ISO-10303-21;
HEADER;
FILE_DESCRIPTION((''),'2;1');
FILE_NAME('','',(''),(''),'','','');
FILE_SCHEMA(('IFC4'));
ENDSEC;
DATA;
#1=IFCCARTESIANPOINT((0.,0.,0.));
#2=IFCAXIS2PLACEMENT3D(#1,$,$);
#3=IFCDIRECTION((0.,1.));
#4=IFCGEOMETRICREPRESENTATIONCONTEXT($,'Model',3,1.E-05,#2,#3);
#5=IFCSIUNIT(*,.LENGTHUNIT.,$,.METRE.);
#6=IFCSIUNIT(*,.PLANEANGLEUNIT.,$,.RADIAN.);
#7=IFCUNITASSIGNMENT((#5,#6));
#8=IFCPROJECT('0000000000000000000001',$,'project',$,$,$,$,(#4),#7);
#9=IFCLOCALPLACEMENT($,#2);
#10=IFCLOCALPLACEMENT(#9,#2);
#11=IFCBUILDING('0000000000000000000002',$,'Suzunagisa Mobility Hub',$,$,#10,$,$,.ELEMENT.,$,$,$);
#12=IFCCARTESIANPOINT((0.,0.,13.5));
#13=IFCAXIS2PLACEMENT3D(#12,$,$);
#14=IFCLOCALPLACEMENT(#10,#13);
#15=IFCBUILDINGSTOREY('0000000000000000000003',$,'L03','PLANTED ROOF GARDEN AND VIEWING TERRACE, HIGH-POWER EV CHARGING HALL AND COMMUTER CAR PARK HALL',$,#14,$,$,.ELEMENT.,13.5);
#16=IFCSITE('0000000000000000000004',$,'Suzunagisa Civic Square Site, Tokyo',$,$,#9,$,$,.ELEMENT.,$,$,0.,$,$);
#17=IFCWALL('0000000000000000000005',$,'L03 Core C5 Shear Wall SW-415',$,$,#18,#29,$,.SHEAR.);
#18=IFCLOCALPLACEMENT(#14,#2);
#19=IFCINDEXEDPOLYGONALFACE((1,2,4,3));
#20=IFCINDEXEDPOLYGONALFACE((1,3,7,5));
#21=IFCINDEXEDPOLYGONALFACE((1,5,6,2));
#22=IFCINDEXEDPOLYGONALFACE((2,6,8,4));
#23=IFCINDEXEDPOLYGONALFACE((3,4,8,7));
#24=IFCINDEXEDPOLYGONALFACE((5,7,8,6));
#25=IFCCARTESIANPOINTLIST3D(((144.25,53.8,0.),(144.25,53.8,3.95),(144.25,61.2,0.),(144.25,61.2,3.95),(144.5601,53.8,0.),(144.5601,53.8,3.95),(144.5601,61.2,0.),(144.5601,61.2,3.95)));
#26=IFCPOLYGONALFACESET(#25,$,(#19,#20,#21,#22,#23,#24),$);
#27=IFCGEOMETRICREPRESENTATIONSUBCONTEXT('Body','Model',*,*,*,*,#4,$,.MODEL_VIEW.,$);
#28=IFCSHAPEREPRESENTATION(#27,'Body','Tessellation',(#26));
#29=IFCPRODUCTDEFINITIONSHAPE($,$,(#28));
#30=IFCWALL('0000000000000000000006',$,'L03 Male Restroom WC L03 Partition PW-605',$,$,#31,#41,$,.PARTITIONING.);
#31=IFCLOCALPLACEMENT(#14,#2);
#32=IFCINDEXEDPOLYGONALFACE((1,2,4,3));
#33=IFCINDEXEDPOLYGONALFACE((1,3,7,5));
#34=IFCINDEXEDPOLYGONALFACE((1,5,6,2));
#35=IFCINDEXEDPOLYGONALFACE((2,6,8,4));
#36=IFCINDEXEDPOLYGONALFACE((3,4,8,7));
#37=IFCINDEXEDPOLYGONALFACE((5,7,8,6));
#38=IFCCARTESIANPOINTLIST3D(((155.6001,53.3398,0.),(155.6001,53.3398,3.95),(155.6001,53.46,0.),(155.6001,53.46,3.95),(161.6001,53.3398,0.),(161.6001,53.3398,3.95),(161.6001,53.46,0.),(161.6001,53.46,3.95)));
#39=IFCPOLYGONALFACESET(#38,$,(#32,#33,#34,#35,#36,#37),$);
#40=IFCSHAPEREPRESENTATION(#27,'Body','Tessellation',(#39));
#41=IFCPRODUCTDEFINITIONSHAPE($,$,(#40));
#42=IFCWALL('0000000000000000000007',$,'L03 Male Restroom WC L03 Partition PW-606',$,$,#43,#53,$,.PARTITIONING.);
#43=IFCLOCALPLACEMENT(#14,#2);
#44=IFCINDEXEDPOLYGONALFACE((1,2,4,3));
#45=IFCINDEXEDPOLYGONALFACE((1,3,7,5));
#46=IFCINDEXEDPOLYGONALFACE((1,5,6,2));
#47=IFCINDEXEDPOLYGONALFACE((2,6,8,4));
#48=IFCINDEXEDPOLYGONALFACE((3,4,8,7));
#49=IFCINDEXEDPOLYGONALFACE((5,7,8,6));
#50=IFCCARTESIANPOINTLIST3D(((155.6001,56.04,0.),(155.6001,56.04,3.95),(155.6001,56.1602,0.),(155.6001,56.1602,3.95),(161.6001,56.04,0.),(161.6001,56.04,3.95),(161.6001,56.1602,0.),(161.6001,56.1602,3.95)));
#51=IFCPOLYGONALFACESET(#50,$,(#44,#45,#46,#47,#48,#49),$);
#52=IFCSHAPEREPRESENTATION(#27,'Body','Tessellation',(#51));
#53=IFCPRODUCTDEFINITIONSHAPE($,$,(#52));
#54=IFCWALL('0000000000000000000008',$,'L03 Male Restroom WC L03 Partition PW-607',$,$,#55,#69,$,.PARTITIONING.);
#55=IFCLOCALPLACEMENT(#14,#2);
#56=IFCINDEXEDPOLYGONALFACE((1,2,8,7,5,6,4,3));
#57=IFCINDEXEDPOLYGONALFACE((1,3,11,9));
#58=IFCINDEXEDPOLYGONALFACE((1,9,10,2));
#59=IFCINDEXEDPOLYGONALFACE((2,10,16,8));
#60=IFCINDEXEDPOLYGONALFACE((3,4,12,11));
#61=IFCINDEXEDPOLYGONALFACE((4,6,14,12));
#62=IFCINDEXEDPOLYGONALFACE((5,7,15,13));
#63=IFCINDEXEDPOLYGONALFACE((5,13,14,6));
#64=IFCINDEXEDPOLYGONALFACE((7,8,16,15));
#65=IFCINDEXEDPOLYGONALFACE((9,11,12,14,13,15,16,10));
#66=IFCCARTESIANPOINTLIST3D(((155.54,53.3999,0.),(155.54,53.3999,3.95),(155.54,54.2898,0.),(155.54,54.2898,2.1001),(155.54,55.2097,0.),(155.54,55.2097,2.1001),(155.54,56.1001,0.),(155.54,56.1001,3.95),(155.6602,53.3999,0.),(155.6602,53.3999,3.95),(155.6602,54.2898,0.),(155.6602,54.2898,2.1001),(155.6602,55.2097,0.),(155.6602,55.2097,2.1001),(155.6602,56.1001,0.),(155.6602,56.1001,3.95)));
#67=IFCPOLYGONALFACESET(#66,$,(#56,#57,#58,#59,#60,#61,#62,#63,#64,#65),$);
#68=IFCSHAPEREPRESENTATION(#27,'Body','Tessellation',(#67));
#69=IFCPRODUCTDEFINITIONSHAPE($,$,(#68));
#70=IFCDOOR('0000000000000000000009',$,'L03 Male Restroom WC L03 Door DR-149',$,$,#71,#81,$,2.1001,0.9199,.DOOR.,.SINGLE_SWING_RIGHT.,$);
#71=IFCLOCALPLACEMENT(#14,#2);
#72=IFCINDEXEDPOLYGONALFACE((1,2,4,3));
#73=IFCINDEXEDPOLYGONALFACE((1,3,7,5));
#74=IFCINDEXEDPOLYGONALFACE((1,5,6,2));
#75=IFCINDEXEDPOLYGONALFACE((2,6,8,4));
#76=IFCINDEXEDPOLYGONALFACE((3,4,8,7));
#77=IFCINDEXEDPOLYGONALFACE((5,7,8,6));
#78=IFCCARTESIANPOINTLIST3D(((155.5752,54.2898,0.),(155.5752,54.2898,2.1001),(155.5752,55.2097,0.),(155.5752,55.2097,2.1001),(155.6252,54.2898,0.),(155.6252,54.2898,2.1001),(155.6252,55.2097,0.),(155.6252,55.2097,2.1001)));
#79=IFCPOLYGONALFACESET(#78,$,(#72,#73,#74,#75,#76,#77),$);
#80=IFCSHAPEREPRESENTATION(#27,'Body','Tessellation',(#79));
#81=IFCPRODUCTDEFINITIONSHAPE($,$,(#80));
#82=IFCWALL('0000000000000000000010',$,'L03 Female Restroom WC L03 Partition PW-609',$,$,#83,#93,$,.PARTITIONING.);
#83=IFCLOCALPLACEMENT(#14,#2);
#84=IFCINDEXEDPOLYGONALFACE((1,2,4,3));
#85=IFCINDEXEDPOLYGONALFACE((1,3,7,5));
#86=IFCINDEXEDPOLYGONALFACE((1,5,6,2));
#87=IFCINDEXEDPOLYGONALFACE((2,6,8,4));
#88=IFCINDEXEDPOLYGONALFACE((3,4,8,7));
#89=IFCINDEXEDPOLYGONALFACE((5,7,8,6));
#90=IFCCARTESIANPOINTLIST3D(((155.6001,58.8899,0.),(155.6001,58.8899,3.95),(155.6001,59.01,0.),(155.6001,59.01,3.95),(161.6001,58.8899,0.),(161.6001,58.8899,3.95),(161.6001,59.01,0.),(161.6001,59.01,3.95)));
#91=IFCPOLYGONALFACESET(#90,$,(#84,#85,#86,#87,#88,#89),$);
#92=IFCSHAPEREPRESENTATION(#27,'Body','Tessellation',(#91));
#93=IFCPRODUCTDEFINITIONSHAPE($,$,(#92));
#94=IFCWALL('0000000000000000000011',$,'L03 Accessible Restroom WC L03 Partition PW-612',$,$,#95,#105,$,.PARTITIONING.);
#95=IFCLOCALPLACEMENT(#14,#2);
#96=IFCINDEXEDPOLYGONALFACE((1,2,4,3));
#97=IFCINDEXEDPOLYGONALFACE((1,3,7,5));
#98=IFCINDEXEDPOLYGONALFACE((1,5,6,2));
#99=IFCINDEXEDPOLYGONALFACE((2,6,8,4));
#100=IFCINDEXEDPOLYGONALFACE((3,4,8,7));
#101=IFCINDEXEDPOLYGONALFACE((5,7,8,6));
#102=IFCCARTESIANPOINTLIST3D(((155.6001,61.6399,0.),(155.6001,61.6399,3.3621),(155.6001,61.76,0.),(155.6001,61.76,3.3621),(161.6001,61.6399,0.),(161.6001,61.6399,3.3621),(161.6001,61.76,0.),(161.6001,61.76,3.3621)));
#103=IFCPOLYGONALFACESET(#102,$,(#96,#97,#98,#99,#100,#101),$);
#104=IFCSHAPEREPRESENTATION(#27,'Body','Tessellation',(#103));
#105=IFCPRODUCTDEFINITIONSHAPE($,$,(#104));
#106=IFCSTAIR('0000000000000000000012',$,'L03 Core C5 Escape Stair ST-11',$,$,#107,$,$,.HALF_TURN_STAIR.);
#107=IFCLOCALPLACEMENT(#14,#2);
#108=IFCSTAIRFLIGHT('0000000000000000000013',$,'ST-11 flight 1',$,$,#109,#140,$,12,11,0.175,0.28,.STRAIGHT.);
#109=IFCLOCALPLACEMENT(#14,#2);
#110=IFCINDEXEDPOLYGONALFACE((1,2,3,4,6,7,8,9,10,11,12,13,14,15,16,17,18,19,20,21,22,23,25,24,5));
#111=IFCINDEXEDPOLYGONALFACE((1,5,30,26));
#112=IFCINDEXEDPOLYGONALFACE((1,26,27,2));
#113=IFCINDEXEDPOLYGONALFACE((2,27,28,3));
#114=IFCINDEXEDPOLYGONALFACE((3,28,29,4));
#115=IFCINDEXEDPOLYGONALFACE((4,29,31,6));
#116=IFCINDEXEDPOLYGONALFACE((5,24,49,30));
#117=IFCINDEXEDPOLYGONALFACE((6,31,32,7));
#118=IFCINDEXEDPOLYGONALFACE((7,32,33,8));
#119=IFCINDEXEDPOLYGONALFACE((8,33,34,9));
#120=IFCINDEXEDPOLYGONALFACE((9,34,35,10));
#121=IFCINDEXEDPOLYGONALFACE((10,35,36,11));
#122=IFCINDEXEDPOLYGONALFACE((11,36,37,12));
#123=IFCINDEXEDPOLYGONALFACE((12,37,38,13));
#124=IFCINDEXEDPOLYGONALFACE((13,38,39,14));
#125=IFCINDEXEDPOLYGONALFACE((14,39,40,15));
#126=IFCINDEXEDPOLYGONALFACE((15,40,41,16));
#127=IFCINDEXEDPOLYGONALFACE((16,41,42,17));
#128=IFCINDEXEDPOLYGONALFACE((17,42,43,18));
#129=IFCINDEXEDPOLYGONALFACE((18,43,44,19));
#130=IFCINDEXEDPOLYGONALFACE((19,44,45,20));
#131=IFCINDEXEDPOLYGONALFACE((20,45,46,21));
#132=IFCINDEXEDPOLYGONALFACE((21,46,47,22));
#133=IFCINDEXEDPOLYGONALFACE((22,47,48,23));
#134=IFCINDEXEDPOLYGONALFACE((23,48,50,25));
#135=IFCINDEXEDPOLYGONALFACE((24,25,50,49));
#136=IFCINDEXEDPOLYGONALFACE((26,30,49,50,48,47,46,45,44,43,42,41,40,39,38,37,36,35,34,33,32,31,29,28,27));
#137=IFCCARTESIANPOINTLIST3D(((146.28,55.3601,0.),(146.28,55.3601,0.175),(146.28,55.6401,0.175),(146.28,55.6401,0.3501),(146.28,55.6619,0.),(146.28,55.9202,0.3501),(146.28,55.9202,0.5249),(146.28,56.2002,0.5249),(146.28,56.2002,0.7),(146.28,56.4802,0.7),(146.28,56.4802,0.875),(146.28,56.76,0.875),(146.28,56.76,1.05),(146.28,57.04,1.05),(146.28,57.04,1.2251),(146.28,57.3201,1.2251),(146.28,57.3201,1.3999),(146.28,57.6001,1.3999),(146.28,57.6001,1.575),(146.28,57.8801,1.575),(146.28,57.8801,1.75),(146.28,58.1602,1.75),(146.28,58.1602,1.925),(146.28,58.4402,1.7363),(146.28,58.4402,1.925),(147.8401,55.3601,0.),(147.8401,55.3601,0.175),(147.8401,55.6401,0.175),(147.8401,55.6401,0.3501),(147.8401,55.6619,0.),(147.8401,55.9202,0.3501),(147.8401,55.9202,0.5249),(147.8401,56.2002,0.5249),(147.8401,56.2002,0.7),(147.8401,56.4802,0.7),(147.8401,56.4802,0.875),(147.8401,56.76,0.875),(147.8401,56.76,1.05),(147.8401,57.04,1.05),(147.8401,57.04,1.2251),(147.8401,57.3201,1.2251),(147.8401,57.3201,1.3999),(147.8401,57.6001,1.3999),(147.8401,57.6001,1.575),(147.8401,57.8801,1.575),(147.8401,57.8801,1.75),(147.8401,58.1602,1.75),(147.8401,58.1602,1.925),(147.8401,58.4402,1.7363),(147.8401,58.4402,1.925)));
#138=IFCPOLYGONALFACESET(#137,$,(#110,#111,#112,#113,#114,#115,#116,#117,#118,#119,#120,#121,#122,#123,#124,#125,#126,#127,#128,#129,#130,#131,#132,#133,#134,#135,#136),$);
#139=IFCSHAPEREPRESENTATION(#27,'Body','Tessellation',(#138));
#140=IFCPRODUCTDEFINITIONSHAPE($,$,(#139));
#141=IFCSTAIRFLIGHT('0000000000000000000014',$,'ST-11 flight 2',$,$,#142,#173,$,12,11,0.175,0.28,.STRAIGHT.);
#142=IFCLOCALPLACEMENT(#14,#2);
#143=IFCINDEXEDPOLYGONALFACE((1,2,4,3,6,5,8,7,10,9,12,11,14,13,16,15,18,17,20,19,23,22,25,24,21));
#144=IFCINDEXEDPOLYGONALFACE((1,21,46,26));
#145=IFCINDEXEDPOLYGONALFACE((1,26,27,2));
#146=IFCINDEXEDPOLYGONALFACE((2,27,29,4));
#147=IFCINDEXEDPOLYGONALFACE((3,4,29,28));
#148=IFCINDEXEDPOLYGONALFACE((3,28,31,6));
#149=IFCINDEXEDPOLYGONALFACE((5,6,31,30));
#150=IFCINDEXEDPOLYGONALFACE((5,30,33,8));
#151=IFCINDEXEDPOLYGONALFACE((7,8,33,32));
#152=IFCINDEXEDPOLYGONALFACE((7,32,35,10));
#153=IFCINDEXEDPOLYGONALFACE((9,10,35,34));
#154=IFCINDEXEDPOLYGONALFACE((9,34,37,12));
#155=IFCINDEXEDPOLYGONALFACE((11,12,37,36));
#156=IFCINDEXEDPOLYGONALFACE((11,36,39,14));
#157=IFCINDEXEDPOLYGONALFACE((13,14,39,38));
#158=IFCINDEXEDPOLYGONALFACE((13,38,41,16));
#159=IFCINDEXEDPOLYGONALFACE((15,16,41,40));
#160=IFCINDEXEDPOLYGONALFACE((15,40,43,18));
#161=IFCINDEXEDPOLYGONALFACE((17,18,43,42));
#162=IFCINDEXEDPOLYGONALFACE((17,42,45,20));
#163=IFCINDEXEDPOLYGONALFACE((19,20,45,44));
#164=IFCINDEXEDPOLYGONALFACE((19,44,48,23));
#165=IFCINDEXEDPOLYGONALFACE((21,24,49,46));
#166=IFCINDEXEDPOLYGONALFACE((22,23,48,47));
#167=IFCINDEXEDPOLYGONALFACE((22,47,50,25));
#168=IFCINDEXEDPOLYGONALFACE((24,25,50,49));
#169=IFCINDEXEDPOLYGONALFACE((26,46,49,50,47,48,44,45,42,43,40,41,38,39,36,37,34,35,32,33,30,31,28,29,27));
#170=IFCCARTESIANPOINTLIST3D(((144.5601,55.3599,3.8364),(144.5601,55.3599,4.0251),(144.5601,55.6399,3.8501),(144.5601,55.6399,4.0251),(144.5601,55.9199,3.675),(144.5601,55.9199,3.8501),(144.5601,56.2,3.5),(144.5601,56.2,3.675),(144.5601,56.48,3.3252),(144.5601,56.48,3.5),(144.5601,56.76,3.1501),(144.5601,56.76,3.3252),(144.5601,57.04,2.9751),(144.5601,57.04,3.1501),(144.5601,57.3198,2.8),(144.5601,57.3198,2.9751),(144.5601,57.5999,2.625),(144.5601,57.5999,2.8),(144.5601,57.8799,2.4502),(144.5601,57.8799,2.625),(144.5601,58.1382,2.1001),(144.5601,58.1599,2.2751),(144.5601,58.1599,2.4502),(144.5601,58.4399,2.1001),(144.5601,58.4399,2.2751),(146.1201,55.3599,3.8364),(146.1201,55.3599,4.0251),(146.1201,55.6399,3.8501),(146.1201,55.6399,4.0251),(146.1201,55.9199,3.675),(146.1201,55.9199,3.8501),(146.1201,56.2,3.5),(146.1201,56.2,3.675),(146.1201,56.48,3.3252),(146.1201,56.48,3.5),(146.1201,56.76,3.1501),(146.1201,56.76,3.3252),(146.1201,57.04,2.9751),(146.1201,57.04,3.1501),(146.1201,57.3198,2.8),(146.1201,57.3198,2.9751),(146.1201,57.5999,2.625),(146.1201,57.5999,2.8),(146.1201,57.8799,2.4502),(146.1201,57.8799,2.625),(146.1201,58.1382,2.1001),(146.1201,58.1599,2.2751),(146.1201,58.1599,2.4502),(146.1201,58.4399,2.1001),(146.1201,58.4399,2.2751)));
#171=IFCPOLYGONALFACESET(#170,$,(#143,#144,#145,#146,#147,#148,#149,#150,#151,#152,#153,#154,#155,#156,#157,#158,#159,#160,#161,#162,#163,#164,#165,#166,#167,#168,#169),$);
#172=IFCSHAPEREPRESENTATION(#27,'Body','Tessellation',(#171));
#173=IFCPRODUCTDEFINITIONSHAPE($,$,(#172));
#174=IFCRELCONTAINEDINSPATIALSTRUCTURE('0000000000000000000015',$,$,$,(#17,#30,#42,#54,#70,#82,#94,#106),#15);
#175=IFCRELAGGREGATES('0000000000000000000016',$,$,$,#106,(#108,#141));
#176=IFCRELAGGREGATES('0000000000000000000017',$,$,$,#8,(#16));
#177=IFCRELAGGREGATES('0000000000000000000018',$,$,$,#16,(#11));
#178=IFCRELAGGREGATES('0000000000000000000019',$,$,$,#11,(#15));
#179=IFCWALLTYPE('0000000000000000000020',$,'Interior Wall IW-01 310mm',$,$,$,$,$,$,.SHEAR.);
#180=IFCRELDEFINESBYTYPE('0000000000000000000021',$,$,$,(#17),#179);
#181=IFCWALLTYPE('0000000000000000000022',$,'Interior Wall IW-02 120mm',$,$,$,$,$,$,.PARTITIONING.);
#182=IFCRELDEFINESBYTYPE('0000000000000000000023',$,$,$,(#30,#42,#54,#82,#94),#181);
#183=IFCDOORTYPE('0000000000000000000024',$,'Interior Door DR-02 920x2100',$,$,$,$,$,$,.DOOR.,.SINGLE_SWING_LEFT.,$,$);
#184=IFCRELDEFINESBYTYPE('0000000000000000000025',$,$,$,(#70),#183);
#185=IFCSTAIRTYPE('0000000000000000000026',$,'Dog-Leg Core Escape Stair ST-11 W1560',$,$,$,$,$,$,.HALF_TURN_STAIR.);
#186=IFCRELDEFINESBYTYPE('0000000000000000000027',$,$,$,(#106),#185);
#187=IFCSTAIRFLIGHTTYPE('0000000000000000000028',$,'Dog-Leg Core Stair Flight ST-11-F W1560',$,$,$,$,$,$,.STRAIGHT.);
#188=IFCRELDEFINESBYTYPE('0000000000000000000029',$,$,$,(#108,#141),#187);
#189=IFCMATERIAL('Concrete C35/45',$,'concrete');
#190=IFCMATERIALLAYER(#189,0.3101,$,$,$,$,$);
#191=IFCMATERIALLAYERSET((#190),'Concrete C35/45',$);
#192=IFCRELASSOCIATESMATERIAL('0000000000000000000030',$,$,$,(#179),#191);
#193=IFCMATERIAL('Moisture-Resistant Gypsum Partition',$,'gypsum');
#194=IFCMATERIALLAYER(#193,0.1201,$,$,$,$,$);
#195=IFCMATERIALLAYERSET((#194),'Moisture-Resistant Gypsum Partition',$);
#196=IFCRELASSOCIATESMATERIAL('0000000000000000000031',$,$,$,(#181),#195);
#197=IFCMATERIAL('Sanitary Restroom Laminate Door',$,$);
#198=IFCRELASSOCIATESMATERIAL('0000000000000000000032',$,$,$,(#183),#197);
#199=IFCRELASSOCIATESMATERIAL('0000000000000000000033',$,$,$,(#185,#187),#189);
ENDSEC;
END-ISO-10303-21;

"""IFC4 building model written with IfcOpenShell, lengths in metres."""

from ifc_helpers import new_model, si_unit, direction, frame, frame_2d, origin, place, context, subcontext, project, spatial, polyline, rectangle, outline, extrude, material, layer, layer_set, type_object, element, fill, aggregate, save


model = new_model("IFC4")

# Units and contexts
model_context = context("Model", 3, precision=1e-05, world=origin(), true_north=direction((0.0, 1.0)))
body_context = subcontext(model_context, "Body", "Model", "MODEL_VIEW")
ifc_project = project(units=[si_unit("LENGTHUNIT", "METRE"), si_unit("PLANEANGLEUNIT", "RADIAN")], contexts=[model_context])

# Site, building, storey
site_placement = place(None, origin())
site = spatial("IfcSite", under=ifc_project, at=site_placement, Name="Suzunagisa Civic Square Site, Tokyo", CompositionType="ELEMENT", RefElevation=0.0)
building_placement = place(site_placement, origin())
building = spatial("IfcBuilding", under=site, at=building_placement, Name="Suzunagisa Mobility Hub", CompositionType="ELEMENT")
storey_placement = place(building_placement, frame((0.0, 0.0, 13.5)))
storey = spatial("IfcBuildingStorey", under=building, at=storey_placement, Name="L03", Description="PLANTED ROOF GARDEN AND VIEWING TERRACE, HIGH-POWER EV CHARGING HALL AND COMMUTER CAR PARK HALL", CompositionType="ELEMENT", Elevation=13.5)

# Wall
ifc_material_1 = material(Name="Concrete C35/45", Category="concrete")
ifc_layer_1 = layer(ifc_material_1, 0.3101)
ifc_layer_set_1 = layer_set([ifc_layer_1], Name="Concrete C35/45")
wall_type_1 = type_object("IfcWallType", Name="Interior Wall IW-01 310mm", PredefinedType="SHEAR", material=ifc_layer_set_1)
wall_1_placement = place(storey_placement, frame((144.405, 53.8, 0.0), z_axis=(0.0, 0.0, 1.0), x_axis=(0.0, 1.0, 0.0)))
element("IfcWall", 1, at=wall_1_placement, inside=storey, type_object=wall_type_1, Name="L03 Core C5 Shear Wall SW-415", PredefinedType="SHEAR", context=body_context, shape_type="SweptSolid", body=[
    extrude(rectangle(XDim=7.3999, YDim=0.3101, at=frame_2d((3.7, 0.0))), origin(), (0.0, 0.0, 1.0), 3.95),
])

# Walls
ifc_material_2 = material(Name="Moisture-Resistant Gypsum Partition", Category="gypsum")
ifc_layer_2 = layer(ifc_material_2, 0.1201)
ifc_layer_set_2 = layer_set([ifc_layer_2], Name="Moisture-Resistant Gypsum Partition")
wall_type_2 = type_object("IfcWallType", Name="Interior Wall IW-02 120mm", PredefinedType="PARTITIONING", material=ifc_layer_set_2)
for number, where, z_axis, x_axis, name in (
    (2, (155.6001, 53.3999, 0.0), (0.0, 0.0, 1.0), (1.0, 0.0, 0.0), "L03 Male Restroom WC L03 Partition PW-605"),
    (3, (155.6001, 56.1001, 0.0), (0.0, 0.0, 1.0), (1.0, 0.0, 0.0), "L03 Male Restroom WC L03 Partition PW-606"),
):
    element("IfcWall", number, at=place(storey_placement, frame(where, z_axis=z_axis, x_axis=x_axis)), inside=storey, type_object=wall_type_2, Name=name, PredefinedType="PARTITIONING", context=body_context, shape_type="SweptSolid", body=[
        extrude(rectangle(XDim=6.0, YDim=0.1201, at=frame_2d((3.0, 0.0))), origin(), (0.0, 0.0, 1.0), 3.95),
    ])

# Wall, opening, door
wall_2_placement = place(storey_placement, frame((155.6001, 53.3999, 0.0), z_axis=(0.0, 0.0, 1.0), x_axis=(0.0, 1.0, 0.0)))
wall_2 = element("IfcWall", 4, at=wall_2_placement, inside=storey, type_object=wall_type_2, Name="L03 Male Restroom WC L03 Partition PW-607", PredefinedType="PARTITIONING", context=body_context, shape_type="SweptSolid", body=[
    extrude(rectangle(XDim=2.7002, YDim=0.1201, at=frame_2d((1.3501, 0.0))), origin(), (0.0, 0.0, 1.0), 3.95),
])
opening_1_placement = place(wall_2_placement, frame((0.8899, 0.0, 0.0)))
opening_1 = element("IfcOpeningElement", 5, at=opening_1_placement, cuts=wall_2, PredefinedType="OPENING", context=body_context, shape_type="SweptSolid", body=[
    extrude(rectangle(XDim=0.9199, YDim=2.1001, at=frame_2d((0.46, 1.05))), frame((0.0, 0.071, 0.0), z_axis=(0.0, -1.0, 0.0), x_axis=(1.0, 0.0, 0.0)), (0.0, 0.0, 1.0), 0.1421),
])
ifc_material_3 = material(Name="Sanitary Restroom Laminate Door")
door_type_1 = type_object("IfcDoorType", Name="Interior Door DR-02 920x2100", OperationType="SINGLE_SWING_LEFT", PredefinedType="DOOR", material=ifc_material_3)
door_1_placement = place(opening_1_placement, origin())
door_1 = element("IfcDoor", 6, at=door_1_placement, inside=storey, type_object=door_type_1, Name="L03 Male Restroom WC L03 Door DR-149", OperationType="SINGLE_SWING_RIGHT", OverallHeight=2.1001, OverallWidth=0.9199, PredefinedType="DOOR", context=body_context, shape_type="SweptSolid", body=[
    extrude(rectangle(XDim=0.9199, YDim=2.1001, at=frame_2d((0.46, 1.05))), frame((0.0, 0.0249, 0.0), z_axis=(0.0, -1.0, 0.0), x_axis=(1.0, 0.0, 0.0)), (0.0, 0.0, 1.0), 0.05),
])
fill(opening_1, door_1)

# Wall
wall_3_placement = place(storey_placement, frame((155.6001, 58.95, 0.0), z_axis=(0.0, 0.0, 1.0), x_axis=(1.0, 0.0, 0.0)))
element("IfcWall", 7, at=wall_3_placement, inside=storey, type_object=wall_type_2, Name="L03 Female Restroom WC L03 Partition PW-609", PredefinedType="PARTITIONING", context=body_context, shape_type="SweptSolid", body=[
    extrude(rectangle(XDim=6.0, YDim=0.1201, at=frame_2d((3.0, 0.0))), origin(), (0.0, 0.0, 1.0), 3.95),
])

# Wall
wall_4_placement = place(storey_placement, frame((155.6001, 61.7, 0.0), z_axis=(0.0, 0.0, 1.0), x_axis=(1.0, 0.0, 0.0)))
element("IfcWall", 8, at=wall_4_placement, inside=storey, type_object=wall_type_2, Name="L03 Accessible Restroom WC L03 Partition PW-612", PredefinedType="PARTITIONING", context=body_context, shape_type="SweptSolid", body=[
    extrude(rectangle(XDim=6.0, YDim=0.1201, at=frame_2d((3.0, 0.0))), origin(), (0.0, 0.0, 1.0), 3.3621),
])

# Stair, stair flights
stair_type = type_object("IfcStairType", Name="Dog-Leg Core Escape Stair ST-11 W1560", PredefinedType="HALF_TURN_STAIR", material=ifc_material_1)
stair_placement = place(storey_placement, origin())
stair = element("IfcStair", 9, at=stair_placement, inside=storey, type_object=stair_type, Name="L03 Core C5 Escape Stair ST-11", PredefinedType="HALF_TURN_STAIR")
stair_flight_type = type_object("IfcStairFlightType", Name="Dog-Leg Core Stair Flight ST-11-F W1560", PredefinedType="STRAIGHT", material=ifc_material_1)
stair_flight_1_placement = place(storey_placement, frame((147.0601, 55.3601, 0.0), z_axis=(0.0, 0.0, 1.0), x_axis=(0.0, 1.0, 0.0)))
stair_flight_1 = element("IfcStairFlight", 10, at=stair_flight_1_placement, type_object=stair_flight_type, Name="ST-11 flight 1", NumberOfRisers=12, NumberOfTreads=11, PredefinedType="STRAIGHT", RiserHeight=0.175, TreadLength=0.28, context=body_context, shape_type="SweptSolid", body=[
    extrude(outline(polyline([(0.0, 0.0), (0.0, 0.175), (0.28, 0.175), (0.28, 0.3501), (0.5601, 0.3501), (0.5601, 0.5249), (0.8401, 0.5249), (0.8401, 0.7), (1.1201, 0.7), (1.1201, 0.875), (1.3999, 0.875), (1.3999, 1.05), (1.6799, 1.05), (1.6799, 1.2251), (1.96, 1.2251), (1.96, 1.3999), (2.24, 1.3999), (2.24, 1.575), (2.52, 1.575), (2.52, 1.75), (2.8, 1.75), (2.8, 1.925), (3.0801, 1.925), (3.0801, 2.1001), (3.0801, 1.7363), (0.3018, 0.0), (0.0, 0.0)])), frame((0.0, 0.78, 0.0), z_axis=(0.0, -1.0, 0.0), x_axis=(1.0, 0.0, 0.0)), (0.0, 0.0, 1.0), 1.5601),
])
stair_flight_2_placement = place(storey_placement, frame((145.3401, 58.4399, 2.1001), z_axis=(0.0, 0.0, 1.0), x_axis=(0.0, -1.0, 0.0)))
stair_flight_2 = element("IfcStairFlight", 11, at=stair_flight_2_placement, type_object=stair_flight_type, Name="ST-11 flight 2", NumberOfRisers=12, NumberOfTreads=11, PredefinedType="STRAIGHT", RiserHeight=0.175, TreadLength=0.28, context=body_context, shape_type="SweptSolid", body=[
    extrude(outline(polyline([(0.0, 0.0), (0.0, 0.175), (0.28, 0.175), (0.28, 0.3501), (0.5601, 0.3501), (0.5601, 0.5249), (0.8401, 0.5249), (0.8401, 0.7), (1.1201, 0.7), (1.1201, 0.875), (1.3999, 0.875), (1.3999, 1.05), (1.6799, 1.05), (1.6799, 1.2251), (1.96, 1.2251), (1.96, 1.3999), (2.24, 1.3999), (2.24, 1.575), (2.52, 1.575), (2.52, 1.75), (2.8, 1.75), (2.8, 1.925), (3.0801, 1.925), (3.0801, 2.1001), (3.0801, 1.7363), (0.3018, 0.0), (0.0, 0.0)])), frame((0.0, 0.78, 0.0), z_axis=(0.0, -1.0, 0.0), x_axis=(1.0, 0.0, 0.0)), (0.0, 0.0, 1.0), 1.5601),
])
aggregate(stair, [stair_flight_1, stair_flight_2])

save(model, "model.ifc")
